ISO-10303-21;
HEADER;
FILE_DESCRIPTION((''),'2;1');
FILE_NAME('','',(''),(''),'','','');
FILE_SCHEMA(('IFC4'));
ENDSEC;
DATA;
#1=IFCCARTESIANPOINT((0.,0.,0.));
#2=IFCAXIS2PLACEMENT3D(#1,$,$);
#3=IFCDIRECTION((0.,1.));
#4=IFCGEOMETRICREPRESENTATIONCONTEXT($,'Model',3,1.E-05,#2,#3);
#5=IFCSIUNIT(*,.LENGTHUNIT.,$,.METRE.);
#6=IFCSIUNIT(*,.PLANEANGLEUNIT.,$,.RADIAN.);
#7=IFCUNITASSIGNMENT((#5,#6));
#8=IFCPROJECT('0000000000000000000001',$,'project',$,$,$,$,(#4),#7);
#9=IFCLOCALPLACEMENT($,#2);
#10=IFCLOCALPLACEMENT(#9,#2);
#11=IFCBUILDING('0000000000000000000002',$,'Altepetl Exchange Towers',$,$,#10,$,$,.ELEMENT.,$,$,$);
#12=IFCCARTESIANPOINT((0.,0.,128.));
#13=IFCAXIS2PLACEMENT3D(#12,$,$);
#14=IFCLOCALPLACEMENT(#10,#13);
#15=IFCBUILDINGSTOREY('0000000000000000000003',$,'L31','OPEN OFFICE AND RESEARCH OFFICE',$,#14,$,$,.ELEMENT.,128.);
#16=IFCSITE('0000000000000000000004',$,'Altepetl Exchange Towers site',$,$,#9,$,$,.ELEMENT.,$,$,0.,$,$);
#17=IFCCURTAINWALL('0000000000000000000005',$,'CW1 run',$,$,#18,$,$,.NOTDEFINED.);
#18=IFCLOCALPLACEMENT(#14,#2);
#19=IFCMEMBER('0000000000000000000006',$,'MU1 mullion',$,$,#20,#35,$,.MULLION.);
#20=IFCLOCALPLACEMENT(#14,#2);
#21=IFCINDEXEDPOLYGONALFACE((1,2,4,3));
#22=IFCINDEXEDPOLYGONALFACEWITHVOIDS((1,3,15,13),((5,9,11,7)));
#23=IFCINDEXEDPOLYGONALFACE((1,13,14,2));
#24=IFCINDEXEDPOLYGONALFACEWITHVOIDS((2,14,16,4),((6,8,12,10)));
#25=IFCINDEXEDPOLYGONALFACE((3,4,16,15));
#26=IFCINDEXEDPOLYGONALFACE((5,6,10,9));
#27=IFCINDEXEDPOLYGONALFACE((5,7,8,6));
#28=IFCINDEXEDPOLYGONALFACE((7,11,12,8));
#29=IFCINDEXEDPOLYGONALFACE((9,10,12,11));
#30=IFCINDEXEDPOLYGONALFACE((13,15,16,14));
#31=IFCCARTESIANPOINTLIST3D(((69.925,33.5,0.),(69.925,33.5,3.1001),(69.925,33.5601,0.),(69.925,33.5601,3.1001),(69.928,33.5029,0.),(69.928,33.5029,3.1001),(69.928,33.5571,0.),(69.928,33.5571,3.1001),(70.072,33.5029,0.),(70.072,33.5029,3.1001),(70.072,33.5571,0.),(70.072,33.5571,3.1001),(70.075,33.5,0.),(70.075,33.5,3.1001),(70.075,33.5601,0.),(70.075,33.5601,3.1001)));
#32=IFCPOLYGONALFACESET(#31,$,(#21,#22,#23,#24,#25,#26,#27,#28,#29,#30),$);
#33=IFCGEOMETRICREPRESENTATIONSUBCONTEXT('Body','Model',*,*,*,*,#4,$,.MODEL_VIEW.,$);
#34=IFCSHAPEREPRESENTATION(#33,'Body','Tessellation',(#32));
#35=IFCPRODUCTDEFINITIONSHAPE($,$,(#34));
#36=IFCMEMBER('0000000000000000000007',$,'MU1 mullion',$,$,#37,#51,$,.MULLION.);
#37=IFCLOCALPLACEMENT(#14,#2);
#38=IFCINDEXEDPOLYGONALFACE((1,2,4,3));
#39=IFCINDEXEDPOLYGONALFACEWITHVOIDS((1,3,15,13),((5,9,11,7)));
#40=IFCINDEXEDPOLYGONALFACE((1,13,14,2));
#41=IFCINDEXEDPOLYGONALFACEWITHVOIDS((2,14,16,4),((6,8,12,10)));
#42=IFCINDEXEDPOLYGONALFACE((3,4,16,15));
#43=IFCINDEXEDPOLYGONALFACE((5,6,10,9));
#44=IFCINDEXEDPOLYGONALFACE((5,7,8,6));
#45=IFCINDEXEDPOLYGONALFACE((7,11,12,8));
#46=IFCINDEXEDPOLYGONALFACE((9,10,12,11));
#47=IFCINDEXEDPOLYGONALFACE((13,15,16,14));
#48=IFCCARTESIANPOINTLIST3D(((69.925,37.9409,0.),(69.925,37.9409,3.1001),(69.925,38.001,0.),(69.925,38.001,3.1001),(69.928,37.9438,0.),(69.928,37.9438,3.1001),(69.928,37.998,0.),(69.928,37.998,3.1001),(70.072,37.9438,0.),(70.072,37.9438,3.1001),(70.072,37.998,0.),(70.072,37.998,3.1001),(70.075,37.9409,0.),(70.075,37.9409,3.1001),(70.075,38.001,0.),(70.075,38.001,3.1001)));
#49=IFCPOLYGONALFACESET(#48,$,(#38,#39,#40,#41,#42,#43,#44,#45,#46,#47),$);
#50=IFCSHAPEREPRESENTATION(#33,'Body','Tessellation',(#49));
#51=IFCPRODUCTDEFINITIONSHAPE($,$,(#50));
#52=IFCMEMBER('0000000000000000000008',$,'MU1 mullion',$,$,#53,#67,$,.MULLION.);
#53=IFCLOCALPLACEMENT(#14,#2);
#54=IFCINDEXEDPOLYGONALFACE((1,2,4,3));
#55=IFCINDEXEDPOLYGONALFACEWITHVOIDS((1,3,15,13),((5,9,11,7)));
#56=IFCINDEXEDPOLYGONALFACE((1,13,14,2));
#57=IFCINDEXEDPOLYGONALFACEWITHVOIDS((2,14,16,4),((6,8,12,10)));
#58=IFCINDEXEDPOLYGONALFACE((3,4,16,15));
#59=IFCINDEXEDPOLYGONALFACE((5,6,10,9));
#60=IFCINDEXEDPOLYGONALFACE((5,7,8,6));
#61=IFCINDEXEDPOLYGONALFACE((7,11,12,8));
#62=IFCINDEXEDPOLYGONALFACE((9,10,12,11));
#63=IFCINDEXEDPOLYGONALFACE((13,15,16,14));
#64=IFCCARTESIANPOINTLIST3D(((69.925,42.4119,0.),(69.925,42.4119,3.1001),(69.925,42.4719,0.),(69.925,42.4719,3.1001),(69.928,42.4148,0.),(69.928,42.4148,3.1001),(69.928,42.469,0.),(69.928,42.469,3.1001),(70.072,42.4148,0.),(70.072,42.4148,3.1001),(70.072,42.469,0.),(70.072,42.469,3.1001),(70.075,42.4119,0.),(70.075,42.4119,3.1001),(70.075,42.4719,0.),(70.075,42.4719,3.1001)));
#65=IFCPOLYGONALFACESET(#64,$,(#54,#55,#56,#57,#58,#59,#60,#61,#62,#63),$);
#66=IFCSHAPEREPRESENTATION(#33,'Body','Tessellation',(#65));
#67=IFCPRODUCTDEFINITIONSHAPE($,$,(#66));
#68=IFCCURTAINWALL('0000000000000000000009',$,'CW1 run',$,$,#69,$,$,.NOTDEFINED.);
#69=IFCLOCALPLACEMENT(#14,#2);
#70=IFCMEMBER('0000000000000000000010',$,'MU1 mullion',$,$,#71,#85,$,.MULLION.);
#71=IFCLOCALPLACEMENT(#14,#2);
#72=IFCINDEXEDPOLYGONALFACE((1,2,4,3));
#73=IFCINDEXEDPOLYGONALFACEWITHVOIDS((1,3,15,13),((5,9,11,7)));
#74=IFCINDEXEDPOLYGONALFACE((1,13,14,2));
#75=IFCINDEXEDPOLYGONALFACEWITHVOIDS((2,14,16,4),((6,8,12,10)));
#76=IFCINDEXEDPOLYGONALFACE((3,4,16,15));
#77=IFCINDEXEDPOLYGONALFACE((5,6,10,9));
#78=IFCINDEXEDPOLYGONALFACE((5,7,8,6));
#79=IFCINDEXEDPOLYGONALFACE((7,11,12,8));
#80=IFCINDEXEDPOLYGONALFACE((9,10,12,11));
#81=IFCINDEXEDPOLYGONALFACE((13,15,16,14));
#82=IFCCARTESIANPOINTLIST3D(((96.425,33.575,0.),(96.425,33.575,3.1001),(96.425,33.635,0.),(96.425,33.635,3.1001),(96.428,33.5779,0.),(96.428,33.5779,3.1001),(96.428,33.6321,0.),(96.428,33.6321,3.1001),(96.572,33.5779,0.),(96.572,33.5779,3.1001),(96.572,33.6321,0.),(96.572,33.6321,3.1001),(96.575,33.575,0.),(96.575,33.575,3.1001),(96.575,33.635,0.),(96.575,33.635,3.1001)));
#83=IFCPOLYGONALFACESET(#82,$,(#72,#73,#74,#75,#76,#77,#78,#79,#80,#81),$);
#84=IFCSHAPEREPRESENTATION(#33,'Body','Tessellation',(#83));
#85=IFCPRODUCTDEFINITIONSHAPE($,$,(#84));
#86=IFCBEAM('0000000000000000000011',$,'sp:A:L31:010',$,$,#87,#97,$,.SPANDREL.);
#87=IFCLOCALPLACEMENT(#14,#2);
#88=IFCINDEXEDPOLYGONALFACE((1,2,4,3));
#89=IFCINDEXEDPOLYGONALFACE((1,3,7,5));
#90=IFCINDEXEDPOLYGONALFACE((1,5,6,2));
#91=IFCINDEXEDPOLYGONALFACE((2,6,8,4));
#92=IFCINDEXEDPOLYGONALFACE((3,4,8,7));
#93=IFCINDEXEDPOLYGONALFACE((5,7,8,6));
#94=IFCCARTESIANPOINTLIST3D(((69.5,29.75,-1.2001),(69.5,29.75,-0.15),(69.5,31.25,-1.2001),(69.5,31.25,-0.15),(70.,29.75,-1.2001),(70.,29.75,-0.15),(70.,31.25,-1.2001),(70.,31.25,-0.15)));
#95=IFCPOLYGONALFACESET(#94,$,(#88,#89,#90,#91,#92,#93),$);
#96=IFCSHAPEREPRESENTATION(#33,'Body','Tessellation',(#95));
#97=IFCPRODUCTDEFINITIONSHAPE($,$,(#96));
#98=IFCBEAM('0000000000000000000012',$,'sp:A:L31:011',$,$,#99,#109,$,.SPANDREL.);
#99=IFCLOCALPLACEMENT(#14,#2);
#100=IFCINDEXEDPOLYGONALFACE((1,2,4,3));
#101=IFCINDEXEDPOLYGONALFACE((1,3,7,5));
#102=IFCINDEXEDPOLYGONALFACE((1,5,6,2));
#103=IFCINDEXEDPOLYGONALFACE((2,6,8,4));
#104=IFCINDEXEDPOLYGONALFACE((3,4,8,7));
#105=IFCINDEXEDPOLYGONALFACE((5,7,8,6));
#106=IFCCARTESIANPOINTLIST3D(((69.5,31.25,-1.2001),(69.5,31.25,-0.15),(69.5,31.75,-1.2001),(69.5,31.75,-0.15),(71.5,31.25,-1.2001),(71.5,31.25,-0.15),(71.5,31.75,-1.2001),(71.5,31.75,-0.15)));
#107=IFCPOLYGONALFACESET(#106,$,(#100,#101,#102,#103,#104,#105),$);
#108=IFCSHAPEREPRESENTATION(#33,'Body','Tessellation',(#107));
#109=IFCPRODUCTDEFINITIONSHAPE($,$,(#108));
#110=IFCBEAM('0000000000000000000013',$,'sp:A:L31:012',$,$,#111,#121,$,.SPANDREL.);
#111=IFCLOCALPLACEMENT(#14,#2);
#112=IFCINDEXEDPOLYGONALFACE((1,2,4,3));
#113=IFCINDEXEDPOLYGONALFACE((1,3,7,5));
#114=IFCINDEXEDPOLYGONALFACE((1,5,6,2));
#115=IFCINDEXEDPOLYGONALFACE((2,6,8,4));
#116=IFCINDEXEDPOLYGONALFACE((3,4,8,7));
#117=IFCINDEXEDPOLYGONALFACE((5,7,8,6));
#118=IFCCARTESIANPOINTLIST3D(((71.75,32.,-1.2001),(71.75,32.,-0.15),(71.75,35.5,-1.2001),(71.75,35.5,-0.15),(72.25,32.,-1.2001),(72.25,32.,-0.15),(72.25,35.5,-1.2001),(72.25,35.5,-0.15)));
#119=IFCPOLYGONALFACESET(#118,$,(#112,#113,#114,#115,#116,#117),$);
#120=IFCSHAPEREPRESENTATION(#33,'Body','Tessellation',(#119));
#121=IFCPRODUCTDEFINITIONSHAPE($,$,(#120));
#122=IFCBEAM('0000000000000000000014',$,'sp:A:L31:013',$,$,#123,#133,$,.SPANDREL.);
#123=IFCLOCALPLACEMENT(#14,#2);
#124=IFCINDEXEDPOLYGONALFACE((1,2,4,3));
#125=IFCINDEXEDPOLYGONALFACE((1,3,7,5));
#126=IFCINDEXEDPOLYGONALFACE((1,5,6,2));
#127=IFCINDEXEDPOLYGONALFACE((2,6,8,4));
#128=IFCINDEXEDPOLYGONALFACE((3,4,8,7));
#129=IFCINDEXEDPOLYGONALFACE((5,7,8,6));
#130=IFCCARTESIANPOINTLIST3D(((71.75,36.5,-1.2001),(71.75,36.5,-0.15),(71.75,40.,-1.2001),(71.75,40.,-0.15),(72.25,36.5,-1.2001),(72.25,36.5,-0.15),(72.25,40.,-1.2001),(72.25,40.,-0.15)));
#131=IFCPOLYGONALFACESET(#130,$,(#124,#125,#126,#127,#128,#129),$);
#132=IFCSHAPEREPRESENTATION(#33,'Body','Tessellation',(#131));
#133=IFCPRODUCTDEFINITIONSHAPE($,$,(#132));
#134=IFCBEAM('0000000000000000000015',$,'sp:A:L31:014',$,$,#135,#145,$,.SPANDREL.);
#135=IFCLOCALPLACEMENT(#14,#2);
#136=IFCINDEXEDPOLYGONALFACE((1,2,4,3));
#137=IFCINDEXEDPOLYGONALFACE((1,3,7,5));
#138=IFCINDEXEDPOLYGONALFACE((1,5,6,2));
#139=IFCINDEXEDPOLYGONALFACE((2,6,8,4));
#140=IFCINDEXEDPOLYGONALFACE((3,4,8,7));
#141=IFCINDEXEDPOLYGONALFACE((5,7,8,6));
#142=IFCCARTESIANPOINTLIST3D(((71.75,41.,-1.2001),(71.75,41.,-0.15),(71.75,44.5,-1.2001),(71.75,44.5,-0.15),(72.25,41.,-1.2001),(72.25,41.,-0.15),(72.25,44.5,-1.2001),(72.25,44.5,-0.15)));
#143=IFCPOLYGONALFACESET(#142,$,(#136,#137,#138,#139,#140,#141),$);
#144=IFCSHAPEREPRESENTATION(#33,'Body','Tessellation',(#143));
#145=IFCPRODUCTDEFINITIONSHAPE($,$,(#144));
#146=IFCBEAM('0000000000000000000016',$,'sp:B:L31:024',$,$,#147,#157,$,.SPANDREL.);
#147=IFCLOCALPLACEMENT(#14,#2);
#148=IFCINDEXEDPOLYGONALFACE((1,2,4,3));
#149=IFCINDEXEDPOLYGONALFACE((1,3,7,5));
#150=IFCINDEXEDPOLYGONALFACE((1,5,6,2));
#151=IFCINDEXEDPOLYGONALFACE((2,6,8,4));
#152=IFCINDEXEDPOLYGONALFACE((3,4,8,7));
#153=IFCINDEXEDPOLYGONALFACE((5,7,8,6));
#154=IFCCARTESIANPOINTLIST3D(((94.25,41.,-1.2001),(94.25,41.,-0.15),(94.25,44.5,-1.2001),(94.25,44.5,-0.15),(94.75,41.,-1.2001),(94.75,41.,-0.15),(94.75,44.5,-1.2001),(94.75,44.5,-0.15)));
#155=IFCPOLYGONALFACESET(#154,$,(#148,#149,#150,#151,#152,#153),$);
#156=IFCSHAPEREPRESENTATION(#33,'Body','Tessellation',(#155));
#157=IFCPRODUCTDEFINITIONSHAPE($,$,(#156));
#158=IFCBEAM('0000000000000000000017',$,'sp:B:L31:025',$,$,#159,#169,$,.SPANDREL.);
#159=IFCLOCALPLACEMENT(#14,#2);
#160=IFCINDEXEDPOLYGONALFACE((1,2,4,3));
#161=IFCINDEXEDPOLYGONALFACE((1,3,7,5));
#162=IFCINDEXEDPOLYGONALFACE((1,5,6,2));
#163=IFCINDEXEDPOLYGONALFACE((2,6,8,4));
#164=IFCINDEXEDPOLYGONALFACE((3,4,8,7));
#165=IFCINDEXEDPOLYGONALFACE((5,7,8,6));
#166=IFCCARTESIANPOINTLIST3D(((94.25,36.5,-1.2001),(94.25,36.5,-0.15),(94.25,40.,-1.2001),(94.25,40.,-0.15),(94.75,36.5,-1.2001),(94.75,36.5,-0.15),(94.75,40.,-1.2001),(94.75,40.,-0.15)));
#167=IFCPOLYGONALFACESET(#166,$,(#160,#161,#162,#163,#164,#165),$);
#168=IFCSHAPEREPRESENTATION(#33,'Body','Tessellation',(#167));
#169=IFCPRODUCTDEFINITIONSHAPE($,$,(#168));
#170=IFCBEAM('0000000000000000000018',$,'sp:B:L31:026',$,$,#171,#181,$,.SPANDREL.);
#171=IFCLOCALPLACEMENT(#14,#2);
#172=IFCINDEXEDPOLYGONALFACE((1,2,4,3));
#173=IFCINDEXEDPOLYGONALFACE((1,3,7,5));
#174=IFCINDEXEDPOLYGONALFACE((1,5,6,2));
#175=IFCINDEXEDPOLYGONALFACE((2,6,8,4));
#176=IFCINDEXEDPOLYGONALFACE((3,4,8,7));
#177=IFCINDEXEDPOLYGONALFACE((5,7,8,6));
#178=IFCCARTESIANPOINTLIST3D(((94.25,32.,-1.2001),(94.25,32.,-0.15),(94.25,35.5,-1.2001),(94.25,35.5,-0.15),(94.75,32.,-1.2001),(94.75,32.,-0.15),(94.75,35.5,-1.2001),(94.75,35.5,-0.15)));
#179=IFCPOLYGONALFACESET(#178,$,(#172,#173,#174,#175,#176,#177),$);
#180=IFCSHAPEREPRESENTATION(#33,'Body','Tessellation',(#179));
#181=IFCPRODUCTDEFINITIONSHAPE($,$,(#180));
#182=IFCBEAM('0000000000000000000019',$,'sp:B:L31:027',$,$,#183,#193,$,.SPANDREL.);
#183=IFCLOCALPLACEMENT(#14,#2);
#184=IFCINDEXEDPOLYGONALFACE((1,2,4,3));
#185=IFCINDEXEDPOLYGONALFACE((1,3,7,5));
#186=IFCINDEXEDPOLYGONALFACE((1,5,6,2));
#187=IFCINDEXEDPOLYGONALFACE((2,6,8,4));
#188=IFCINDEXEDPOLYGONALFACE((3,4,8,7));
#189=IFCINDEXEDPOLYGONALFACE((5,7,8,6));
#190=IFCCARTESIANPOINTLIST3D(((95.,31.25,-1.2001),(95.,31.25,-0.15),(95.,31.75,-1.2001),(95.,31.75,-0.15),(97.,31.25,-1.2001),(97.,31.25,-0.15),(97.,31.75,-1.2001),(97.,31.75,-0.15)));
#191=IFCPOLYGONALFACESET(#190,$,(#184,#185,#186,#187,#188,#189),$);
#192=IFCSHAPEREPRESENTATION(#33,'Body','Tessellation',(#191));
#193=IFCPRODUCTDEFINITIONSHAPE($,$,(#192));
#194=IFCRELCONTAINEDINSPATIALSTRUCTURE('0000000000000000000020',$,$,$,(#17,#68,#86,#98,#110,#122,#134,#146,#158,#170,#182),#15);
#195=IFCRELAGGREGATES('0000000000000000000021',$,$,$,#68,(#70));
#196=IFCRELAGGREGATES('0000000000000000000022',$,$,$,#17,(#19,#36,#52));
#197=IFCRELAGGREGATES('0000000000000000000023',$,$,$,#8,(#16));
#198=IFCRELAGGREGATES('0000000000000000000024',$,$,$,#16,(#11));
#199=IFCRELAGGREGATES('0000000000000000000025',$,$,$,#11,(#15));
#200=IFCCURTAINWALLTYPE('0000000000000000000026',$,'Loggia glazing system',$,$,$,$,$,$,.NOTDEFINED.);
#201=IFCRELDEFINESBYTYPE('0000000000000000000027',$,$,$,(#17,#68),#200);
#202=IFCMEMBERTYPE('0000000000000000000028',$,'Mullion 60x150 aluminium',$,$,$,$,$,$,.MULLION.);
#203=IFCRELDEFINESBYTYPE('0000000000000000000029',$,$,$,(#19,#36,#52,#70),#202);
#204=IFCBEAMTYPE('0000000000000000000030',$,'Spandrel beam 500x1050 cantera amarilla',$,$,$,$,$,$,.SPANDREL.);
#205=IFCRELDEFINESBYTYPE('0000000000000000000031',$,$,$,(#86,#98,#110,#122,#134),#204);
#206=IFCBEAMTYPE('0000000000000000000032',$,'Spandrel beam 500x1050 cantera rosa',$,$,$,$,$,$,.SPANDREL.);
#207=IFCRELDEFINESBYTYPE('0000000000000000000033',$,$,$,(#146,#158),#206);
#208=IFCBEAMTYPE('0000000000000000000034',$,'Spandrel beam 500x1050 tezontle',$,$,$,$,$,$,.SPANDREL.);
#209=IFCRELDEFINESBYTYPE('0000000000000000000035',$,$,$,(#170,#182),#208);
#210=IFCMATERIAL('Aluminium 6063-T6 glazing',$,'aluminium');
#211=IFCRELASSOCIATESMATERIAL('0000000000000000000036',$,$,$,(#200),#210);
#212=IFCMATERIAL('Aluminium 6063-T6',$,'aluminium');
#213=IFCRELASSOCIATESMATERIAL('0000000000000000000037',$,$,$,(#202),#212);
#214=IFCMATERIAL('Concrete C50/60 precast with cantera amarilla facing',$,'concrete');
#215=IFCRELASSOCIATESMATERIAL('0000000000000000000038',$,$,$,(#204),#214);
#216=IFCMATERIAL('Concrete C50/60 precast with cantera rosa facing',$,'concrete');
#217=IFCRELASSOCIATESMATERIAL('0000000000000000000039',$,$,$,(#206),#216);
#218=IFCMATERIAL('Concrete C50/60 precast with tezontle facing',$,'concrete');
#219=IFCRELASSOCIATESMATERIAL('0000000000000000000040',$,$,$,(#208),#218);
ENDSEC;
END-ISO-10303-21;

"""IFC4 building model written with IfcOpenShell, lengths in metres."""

from ifc_helpers import new_model, si_unit, direction, frame, origin, origin_2d, place, context, subcontext, project, spatial, rectangle, hollow_rectangle, extrude, material, material_profile, profile_set, type_object, element, aggregate, save


model = new_model("IFC4")

# Units and contexts
model_context = context("Model", 3, precision=1e-05, world=origin(), true_north=direction((0.0, 1.0)))
body_context = subcontext(model_context, "Body", "Model", "MODEL_VIEW")
ifc_project = project(units=[si_unit("LENGTHUNIT", "METRE"), si_unit("PLANEANGLEUNIT", "RADIAN")], contexts=[model_context])

# Site, building, storey
site_placement = place(None, origin())
site = spatial("IfcSite", under=ifc_project, at=site_placement, Name="Altepetl Exchange Towers site", CompositionType="ELEMENT", RefElevation=0.0)
building_placement = place(site_placement, origin())
building = spatial("IfcBuilding", under=site, at=building_placement, Name="Altepetl Exchange Towers", CompositionType="ELEMENT")
storey_placement = place(building_placement, frame((0.0, 0.0, 128.0)))
storey = spatial("IfcBuildingStorey", under=building, at=storey_placement, Name="L31", Description="OPEN OFFICE AND RESEARCH OFFICE", CompositionType="ELEMENT", Elevation=128.0)

# Curtain wall, members
ifc_material_1 = material(Name="Aluminium 6063-T6 glazing", Category="aluminium")
curtain_wall_type = type_object("IfcCurtainWallType", Name="Loggia glazing system", PredefinedType="NOTDEFINED", material=ifc_material_1)
ifc_material_2 = material(Name="Aluminium 6063-T6", Category="aluminium")
ifc_material_profile_1 = material_profile(ifc_material_2, hollow_rectangle(XDim=0.0601, YDim=0.1499, WallThickness=0.0029, at=origin_2d()), Name="Mullion 60x150 aluminium")
ifc_profile_set_1 = profile_set([ifc_material_profile_1], Name="Aluminium 6063-T6")
member_type = type_object("IfcMemberType", Name="Mullion 60x150 aluminium", PredefinedType="MULLION", material=ifc_profile_set_1)
curtain_wall_1_placement = place(storey_placement, origin())
curtain_wall_1 = element("IfcCurtainWall", 1, at=curtain_wall_1_placement, inside=storey, type_object=curtain_wall_type, Name="CW1 run", PredefinedType="NOTDEFINED")
member_1_placement = place(storey_placement, frame((70.0, 33.53, 0.0), z_axis=(0.0, 0.0, 1.0), x_axis=(0.0, 1.0, 0.0)))
member_1 = element("IfcMember", 2, at=member_1_placement, type_object=member_type, Name="MU1 mullion", PredefinedType="MULLION", context=body_context, shape_type="SweptSolid", body=[
    extrude(hollow_rectangle(XDim=0.0601, YDim=0.1499, WallThickness=0.0029, at=origin_2d()), origin(), (0.0, 0.0, 1.0), 3.1001),
])
member_2_placement = place(storey_placement, frame((70.0, 37.9709, 0.0), z_axis=(0.0, 0.0, 1.0), x_axis=(0.0, 1.0, 0.0)))
member_2 = element("IfcMember", 3, at=member_2_placement, type_object=member_type, Name="MU1 mullion", PredefinedType="MULLION", context=body_context, shape_type="SweptSolid", body=[
    extrude(hollow_rectangle(XDim=0.0601, YDim=0.1499, WallThickness=0.0029, at=origin_2d()), origin(), (0.0, 0.0, 1.0), 3.1001),
])
member_3_placement = place(storey_placement, frame((70.0, 42.4419, 0.0), z_axis=(0.0, 0.0, 1.0), x_axis=(0.0, 1.0, 0.0)))
member_3 = element("IfcMember", 4, at=member_3_placement, type_object=member_type, Name="MU1 mullion", PredefinedType="MULLION", context=body_context, shape_type="SweptSolid", body=[
    extrude(hollow_rectangle(XDim=0.0601, YDim=0.1499, WallThickness=0.0029, at=origin_2d()), origin(), (0.0, 0.0, 1.0), 3.1001),
])

# Curtain wall, member
curtain_wall_2_placement = place(storey_placement, origin())
curtain_wall_2 = element("IfcCurtainWall", 5, at=curtain_wall_2_placement, inside=storey, type_object=curtain_wall_type, Name="CW1 run", PredefinedType="NOTDEFINED")
member_4_placement = place(storey_placement, frame((96.5, 33.605, 0.0), z_axis=(0.0, 0.0, 1.0), x_axis=(0.0, -1.0, 0.0)))
member_4 = element("IfcMember", 6, at=member_4_placement, type_object=member_type, Name="MU1 mullion", PredefinedType="MULLION", context=body_context, shape_type="SweptSolid", body=[
    extrude(hollow_rectangle(XDim=0.0601, YDim=0.1499, WallThickness=0.0029, at=origin_2d()), origin(), (0.0, 0.0, 1.0), 3.1001),
])
aggregate(curtain_wall_2, [member_4])

# Beams
ifc_material_3 = material(Name="Concrete C50/60 precast with cantera amarilla facing", Category="concrete")
ifc_material_profile_2 = material_profile(ifc_material_3, rectangle(XDim=0.5, YDim=1.05, at=origin_2d()), Name="500 x 1050")
ifc_profile_set_2 = profile_set([ifc_material_profile_2], Name="Concrete C50/60 precast with cantera amarilla facing")
beam_type_1 = type_object("IfcBeamType", Name="Spandrel beam 500x1050 cantera amarilla", PredefinedType="SPANDREL", material=ifc_profile_set_2)
beam_1_placement = place(storey_placement, frame((69.75, 29.75, -0.675), z_axis=(0.0, 1.0, 0.0), x_axis=(-1.0, 0.0, 0.0)))
element("IfcBeam", 7, at=beam_1_placement, inside=storey, type_object=beam_type_1, Name="sp:A:L31:010", PredefinedType="SPANDREL", context=body_context, shape_type="SweptSolid", body=[
    extrude(rectangle(XDim=0.5, YDim=1.05, at=origin_2d()), origin(), (0.0, 0.0, 1.0), 1.5),
])
beam_2_placement = place(storey_placement, frame((69.5, 31.5, -0.675), z_axis=(1.0, 0.0, 0.0), x_axis=(0.0, 1.0, 0.0)))
element("IfcBeam", 8, at=beam_2_placement, inside=storey, type_object=beam_type_1, Name="sp:A:L31:011", PredefinedType="SPANDREL", context=body_context, shape_type="SweptSolid", body=[
    extrude(rectangle(XDim=0.5, YDim=1.05, at=origin_2d()), origin(), (0.0, 0.0, 1.0), 2.0),
])
for number, where, z_axis, x_axis, name in (
    (9, (72.0, 32.0, -0.675), (0.0, 1.0, 0.0), (-1.0, 0.0, 0.0), "sp:A:L31:012"),
    (10, (72.0, 36.5, -0.675), (0.0, 1.0, 0.0), (-1.0, 0.0, 0.0), "sp:A:L31:013"),
    (11, (72.0, 41.0, -0.675), (0.0, 1.0, 0.0), (-1.0, 0.0, 0.0), "sp:A:L31:014"),
):
    element("IfcBeam", number, at=place(storey_placement, frame(where, z_axis=z_axis, x_axis=x_axis)), inside=storey, type_object=beam_type_1, Name=name, PredefinedType="SPANDREL", context=body_context, shape_type="SweptSolid", body=[
        extrude(rectangle(XDim=0.5, YDim=1.05, at=origin_2d()), origin(), (0.0, 0.0, 1.0), 3.5),
    ])
ifc_material_4 = material(Name="Concrete C50/60 precast with cantera rosa facing", Category="concrete")
ifc_material_profile_3 = material_profile(ifc_material_4, rectangle(XDim=0.5, YDim=1.05, at=origin_2d()), Name="500 x 1050")
ifc_profile_set_3 = profile_set([ifc_material_profile_3], Name="Concrete C50/60 precast with cantera rosa facing")
beam_type_2 = type_object("IfcBeamType", Name="Spandrel beam 500x1050 cantera rosa", PredefinedType="SPANDREL", material=ifc_profile_set_3)
for number, where, z_axis, x_axis, name in (
    (12, (94.5, 44.5, -0.675), (0.0, -1.0, 0.0), (1.0, 0.0, 0.0), "sp:B:L31:024"),
    (13, (94.5, 40.0, -0.675), (0.0, -1.0, 0.0), (1.0, 0.0, 0.0), "sp:B:L31:025"),
):
    element("IfcBeam", number, at=place(storey_placement, frame(where, z_axis=z_axis, x_axis=x_axis)), inside=storey, type_object=beam_type_2, Name=name, PredefinedType="SPANDREL", context=body_context, shape_type="SweptSolid", body=[
        extrude(rectangle(XDim=0.5, YDim=1.05, at=origin_2d()), origin(), (0.0, 0.0, 1.0), 3.5),
    ])
ifc_material_5 = material(Name="Concrete C50/60 precast with tezontle facing", Category="concrete")
ifc_material_profile_4 = material_profile(ifc_material_5, rectangle(XDim=0.5, YDim=1.05, at=origin_2d()), Name="500 x 1050")
ifc_profile_set_4 = profile_set([ifc_material_profile_4], Name="Concrete C50/60 precast with tezontle facing")
beam_type_3 = type_object("IfcBeamType", Name="Spandrel beam 500x1050 tezontle", PredefinedType="SPANDREL", material=ifc_profile_set_4)
beam_3_placement = place(storey_placement, frame((94.5, 35.5, -0.675), z_axis=(0.0, -1.0, 0.0), x_axis=(1.0, 0.0, 0.0)))
element("IfcBeam", 14, at=beam_3_placement, inside=storey, type_object=beam_type_3, Name="sp:B:L31:026", PredefinedType="SPANDREL", context=body_context, shape_type="SweptSolid", body=[
    extrude(rectangle(XDim=0.5, YDim=1.05, at=origin_2d()), origin(), (0.0, 0.0, 1.0), 3.5),
])
beam_4_placement = place(storey_placement, frame((95.0, 31.5, -0.675), z_axis=(1.0, 0.0, 0.0), x_axis=(0.0, 1.0, 0.0)))
element("IfcBeam", 15, at=beam_4_placement, inside=storey, type_object=beam_type_3, Name="sp:B:L31:027", PredefinedType="SPANDREL", context=body_context, shape_type="SweptSolid", body=[
    extrude(rectangle(XDim=0.5, YDim=1.05, at=origin_2d()), origin(), (0.0, 0.0, 1.0), 2.0),
])

aggregate(curtain_wall_1, [member_1, member_2, member_3])

save(model, "model.ifc")
